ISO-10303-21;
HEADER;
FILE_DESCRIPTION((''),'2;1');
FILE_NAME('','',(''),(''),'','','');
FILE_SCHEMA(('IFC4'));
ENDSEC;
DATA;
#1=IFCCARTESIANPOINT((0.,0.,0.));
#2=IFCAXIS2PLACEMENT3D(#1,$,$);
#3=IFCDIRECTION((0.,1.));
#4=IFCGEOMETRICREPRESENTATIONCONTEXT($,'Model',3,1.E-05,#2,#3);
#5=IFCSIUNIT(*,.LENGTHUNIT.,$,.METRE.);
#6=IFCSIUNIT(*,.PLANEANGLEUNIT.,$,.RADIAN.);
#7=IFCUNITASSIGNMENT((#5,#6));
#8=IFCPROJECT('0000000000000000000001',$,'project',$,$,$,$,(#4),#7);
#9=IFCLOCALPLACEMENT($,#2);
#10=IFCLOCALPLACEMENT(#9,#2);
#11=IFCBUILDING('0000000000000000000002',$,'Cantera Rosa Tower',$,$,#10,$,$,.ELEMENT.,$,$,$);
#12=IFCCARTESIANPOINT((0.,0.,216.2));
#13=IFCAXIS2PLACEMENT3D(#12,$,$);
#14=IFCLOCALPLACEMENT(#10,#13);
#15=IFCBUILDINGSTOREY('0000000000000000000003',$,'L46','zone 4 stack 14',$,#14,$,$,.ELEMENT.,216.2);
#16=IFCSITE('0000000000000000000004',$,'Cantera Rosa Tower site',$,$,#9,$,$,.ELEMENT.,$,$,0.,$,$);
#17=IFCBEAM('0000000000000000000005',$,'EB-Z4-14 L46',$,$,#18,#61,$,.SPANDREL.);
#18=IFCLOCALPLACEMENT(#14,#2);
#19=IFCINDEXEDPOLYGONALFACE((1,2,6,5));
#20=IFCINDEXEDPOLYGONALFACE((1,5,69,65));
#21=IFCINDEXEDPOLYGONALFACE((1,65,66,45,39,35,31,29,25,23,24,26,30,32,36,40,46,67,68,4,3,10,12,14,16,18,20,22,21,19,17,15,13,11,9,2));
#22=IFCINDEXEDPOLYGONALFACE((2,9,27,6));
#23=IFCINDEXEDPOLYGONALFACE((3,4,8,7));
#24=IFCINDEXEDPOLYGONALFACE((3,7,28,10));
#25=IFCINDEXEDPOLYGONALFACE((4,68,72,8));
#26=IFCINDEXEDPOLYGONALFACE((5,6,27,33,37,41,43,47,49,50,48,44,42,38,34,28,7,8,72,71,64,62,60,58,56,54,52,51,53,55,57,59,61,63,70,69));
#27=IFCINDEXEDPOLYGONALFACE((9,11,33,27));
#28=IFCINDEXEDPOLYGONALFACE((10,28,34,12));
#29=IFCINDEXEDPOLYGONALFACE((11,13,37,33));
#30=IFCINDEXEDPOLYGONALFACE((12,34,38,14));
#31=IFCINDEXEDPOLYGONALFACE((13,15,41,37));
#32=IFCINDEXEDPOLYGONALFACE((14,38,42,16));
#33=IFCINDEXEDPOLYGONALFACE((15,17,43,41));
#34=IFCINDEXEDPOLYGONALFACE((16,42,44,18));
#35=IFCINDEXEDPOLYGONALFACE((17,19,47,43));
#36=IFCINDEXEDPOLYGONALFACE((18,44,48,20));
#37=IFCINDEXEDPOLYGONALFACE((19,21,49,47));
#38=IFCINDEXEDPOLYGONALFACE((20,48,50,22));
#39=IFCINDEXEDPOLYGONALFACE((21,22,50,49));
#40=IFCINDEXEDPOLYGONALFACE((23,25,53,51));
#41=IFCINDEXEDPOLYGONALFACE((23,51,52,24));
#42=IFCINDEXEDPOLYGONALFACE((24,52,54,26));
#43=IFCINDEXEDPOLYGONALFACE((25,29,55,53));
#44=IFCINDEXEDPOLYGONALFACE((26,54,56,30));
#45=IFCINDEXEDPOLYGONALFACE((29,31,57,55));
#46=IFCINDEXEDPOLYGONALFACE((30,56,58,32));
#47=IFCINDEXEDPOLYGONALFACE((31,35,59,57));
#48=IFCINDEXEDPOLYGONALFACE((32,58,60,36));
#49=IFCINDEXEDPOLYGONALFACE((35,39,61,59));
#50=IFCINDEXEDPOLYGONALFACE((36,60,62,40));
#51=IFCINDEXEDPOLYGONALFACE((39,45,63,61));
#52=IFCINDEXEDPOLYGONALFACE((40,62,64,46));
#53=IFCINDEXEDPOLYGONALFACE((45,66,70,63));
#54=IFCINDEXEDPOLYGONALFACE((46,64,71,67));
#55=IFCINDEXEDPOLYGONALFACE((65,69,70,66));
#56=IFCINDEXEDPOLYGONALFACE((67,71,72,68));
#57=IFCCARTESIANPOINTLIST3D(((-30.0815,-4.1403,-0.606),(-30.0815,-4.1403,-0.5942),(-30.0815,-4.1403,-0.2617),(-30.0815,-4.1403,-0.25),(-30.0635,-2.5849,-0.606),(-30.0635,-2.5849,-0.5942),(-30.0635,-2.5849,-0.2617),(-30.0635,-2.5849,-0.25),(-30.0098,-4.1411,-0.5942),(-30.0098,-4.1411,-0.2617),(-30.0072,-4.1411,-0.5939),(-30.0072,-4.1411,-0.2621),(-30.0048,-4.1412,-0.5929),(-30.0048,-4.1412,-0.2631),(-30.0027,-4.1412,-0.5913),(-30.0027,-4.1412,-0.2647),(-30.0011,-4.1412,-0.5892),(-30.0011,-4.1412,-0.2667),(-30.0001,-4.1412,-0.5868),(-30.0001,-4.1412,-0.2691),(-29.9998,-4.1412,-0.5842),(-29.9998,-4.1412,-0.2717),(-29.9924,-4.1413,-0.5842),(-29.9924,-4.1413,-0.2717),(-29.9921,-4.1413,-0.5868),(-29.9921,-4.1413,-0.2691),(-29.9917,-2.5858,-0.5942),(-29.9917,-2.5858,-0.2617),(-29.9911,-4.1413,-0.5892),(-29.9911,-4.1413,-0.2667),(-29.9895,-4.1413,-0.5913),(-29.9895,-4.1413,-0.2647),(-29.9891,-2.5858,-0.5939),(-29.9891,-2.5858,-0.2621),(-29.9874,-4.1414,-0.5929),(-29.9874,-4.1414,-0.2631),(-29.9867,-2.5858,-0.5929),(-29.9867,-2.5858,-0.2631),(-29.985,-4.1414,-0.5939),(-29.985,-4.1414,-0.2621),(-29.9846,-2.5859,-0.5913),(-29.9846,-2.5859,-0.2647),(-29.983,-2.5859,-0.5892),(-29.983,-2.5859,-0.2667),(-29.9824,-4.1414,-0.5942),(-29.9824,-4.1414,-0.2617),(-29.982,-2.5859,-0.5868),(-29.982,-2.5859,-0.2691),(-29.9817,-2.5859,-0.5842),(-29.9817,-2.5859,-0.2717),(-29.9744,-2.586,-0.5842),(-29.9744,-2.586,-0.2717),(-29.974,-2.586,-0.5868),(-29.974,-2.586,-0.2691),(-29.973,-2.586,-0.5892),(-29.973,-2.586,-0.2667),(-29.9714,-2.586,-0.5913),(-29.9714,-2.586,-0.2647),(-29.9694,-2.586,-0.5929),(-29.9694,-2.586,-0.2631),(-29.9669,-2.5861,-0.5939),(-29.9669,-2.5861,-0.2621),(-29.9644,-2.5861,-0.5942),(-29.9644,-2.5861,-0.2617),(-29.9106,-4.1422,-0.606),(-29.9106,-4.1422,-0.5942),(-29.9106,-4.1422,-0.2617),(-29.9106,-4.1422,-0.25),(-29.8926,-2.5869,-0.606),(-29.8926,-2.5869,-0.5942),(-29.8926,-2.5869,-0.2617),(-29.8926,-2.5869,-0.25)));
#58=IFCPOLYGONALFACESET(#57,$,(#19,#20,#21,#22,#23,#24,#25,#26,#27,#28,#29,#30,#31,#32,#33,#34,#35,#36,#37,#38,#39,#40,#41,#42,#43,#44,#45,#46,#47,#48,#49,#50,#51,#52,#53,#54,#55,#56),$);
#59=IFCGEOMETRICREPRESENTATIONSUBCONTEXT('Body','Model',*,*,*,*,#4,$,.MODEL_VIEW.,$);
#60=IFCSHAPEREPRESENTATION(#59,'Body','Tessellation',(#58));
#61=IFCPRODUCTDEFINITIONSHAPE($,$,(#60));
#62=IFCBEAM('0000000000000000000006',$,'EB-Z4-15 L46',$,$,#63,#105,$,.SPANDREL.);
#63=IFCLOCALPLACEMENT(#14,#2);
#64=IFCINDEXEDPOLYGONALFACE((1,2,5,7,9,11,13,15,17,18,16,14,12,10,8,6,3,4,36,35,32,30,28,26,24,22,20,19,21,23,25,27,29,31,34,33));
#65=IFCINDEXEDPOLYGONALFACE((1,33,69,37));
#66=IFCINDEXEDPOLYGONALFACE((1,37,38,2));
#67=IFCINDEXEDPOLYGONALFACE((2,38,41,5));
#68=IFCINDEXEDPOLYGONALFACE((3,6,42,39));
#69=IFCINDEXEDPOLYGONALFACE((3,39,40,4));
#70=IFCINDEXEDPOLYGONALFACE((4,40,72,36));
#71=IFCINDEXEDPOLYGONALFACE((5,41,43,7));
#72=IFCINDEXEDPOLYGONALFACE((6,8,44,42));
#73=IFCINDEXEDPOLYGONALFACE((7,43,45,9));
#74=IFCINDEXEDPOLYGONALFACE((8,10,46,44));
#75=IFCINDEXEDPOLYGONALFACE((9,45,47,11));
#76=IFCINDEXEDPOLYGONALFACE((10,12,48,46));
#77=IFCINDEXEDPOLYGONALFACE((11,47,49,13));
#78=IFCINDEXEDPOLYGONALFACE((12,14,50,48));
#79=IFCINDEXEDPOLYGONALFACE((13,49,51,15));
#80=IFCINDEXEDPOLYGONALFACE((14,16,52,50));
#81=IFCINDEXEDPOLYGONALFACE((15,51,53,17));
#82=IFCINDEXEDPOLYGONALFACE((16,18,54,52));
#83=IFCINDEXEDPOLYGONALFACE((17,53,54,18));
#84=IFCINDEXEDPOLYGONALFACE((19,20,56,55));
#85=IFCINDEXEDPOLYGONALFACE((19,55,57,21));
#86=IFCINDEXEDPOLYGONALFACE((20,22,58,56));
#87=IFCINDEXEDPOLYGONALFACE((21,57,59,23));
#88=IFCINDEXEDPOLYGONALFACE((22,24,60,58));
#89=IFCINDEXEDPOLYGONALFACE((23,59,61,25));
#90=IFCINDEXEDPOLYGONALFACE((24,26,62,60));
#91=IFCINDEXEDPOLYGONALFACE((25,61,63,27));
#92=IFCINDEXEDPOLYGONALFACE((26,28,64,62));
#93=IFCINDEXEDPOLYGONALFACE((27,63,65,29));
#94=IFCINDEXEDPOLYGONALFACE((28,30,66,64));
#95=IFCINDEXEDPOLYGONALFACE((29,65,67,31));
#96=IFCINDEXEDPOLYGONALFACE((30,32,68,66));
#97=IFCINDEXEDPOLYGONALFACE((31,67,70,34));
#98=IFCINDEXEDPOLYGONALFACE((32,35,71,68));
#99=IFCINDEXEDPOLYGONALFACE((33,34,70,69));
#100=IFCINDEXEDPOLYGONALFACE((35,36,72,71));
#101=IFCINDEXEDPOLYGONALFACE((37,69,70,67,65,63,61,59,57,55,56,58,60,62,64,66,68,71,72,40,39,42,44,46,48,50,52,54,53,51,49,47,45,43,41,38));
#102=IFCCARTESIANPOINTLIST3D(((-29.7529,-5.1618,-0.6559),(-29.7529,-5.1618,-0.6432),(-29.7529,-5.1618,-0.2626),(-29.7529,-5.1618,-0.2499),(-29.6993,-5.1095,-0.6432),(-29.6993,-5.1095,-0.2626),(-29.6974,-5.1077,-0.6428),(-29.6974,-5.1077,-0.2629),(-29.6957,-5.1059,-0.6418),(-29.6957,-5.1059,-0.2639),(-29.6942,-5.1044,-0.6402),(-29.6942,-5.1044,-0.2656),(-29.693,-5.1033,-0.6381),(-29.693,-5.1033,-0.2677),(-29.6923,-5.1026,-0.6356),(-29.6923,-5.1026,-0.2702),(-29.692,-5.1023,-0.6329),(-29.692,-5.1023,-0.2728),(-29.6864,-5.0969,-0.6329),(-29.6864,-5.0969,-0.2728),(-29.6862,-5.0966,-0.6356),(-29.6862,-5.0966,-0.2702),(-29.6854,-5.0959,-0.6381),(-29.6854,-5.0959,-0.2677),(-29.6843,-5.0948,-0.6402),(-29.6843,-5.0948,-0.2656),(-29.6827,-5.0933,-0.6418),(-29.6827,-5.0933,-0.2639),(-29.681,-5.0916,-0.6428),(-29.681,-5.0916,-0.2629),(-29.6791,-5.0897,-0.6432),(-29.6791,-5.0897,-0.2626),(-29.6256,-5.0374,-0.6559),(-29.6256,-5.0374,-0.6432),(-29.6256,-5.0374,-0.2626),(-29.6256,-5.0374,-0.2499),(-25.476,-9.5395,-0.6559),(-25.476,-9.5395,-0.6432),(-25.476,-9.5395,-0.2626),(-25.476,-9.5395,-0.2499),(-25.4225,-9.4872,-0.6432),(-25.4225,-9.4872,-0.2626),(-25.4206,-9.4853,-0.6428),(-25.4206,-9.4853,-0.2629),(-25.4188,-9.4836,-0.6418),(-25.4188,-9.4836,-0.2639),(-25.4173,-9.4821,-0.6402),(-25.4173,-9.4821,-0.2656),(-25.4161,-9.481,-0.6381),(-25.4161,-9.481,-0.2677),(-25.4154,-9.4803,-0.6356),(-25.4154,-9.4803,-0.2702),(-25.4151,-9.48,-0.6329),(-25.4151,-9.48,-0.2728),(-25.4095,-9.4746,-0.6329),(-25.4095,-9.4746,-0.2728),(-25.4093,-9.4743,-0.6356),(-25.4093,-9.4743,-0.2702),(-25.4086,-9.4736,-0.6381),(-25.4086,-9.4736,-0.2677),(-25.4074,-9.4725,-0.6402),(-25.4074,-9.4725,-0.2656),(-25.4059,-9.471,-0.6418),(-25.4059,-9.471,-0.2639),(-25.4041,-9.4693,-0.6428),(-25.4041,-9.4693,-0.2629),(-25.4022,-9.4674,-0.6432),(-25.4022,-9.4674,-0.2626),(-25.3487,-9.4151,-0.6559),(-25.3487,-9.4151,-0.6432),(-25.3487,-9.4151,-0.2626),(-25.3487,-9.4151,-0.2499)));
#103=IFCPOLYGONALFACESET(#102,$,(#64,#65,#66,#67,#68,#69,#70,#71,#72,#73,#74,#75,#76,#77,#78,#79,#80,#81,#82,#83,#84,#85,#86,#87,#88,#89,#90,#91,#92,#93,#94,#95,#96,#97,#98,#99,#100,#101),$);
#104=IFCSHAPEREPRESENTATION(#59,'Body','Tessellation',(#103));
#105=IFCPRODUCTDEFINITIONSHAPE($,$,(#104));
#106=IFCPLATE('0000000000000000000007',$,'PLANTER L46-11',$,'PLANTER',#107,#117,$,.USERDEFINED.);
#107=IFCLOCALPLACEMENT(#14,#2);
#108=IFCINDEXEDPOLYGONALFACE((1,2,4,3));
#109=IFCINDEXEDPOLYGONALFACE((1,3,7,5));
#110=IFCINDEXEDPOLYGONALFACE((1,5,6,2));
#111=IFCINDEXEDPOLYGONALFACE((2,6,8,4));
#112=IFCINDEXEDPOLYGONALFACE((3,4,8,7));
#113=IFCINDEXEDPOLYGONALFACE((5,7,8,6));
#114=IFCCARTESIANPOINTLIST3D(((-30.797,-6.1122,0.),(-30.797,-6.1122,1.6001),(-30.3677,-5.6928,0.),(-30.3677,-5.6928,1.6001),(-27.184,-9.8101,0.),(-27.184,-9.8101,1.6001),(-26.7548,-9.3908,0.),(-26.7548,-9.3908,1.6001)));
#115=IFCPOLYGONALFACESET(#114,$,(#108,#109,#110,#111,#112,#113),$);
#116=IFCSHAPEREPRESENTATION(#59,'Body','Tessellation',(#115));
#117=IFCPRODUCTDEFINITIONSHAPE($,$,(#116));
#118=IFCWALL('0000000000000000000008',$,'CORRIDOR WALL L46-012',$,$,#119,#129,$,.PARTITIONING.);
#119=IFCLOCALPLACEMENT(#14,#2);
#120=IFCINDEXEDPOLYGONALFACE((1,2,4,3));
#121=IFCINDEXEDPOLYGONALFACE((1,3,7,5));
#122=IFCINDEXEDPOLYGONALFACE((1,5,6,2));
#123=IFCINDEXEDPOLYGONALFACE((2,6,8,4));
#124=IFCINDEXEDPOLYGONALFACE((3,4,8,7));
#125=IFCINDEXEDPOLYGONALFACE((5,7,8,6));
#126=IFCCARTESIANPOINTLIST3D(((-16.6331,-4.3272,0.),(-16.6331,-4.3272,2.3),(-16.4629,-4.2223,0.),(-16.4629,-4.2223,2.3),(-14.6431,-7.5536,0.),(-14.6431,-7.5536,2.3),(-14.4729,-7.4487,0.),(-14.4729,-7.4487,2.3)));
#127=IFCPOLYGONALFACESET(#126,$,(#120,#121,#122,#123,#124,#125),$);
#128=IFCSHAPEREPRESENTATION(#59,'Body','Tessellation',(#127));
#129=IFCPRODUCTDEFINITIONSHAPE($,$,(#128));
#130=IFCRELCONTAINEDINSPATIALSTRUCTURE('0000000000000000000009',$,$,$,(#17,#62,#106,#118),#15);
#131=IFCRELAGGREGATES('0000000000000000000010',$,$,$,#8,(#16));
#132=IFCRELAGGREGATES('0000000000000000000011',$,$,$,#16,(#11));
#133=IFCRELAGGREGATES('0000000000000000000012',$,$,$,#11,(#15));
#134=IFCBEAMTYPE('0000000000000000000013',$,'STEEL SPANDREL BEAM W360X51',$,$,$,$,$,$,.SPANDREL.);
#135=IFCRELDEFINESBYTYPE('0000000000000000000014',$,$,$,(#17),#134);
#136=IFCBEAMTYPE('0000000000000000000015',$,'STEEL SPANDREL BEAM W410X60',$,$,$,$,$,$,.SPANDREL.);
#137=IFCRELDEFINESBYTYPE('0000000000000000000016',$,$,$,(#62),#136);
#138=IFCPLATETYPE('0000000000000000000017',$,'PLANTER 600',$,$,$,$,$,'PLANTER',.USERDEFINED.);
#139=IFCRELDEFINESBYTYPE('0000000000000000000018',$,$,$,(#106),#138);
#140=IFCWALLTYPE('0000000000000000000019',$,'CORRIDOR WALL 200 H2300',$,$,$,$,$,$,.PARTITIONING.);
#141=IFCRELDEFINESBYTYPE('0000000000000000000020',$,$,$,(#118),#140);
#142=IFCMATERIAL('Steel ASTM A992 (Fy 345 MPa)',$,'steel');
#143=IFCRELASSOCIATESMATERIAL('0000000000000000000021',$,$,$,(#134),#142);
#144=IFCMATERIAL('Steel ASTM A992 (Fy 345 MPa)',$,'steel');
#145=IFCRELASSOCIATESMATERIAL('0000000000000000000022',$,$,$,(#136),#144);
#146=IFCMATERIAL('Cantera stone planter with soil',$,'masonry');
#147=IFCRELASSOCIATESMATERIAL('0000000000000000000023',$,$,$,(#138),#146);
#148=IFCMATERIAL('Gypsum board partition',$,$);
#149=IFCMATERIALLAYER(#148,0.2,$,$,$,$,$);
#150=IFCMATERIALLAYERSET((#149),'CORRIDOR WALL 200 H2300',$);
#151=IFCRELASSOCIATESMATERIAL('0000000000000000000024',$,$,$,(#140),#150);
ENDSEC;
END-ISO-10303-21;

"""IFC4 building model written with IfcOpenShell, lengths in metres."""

from ifc_helpers import new_model, si_unit, direction, frame, frame_2d, origin, origin_2d, place, context, subcontext, project, spatial, rectangle, i_section, extrude, material, layer, layer_set, material_profile, profile_set, type_object, element, save


model = new_model("IFC4")

# Units and contexts
model_context = context("Model", 3, precision=1e-05, world=origin(), true_north=direction((0.0, 1.0)))
body_context = subcontext(model_context, "Body", "Model", "MODEL_VIEW")
ifc_project = project(units=[si_unit("LENGTHUNIT", "METRE"), si_unit("PLANEANGLEUNIT", "RADIAN")], contexts=[model_context])

# Site, building, storey
site_placement = place(None, origin())
site = spatial("IfcSite", under=ifc_project, at=site_placement, Name="Cantera Rosa Tower site", CompositionType="ELEMENT", RefElevation=0.0)
building_placement = place(site_placement, origin())
building = spatial("IfcBuilding", under=site, at=building_placement, Name="Cantera Rosa Tower", CompositionType="ELEMENT")
storey_placement = place(building_placement, frame((0.0, 0.0, 216.2)))
storey = spatial("IfcBuildingStorey", under=building, at=storey_placement, Name="L46", Description="zone 4 stack 14", CompositionType="ELEMENT", Elevation=216.2)

# Beams
ifc_material_1 = material(Name="Steel ASTM A992 (Fy 345 MPa)", Category="steel")
ifc_material_profile_1 = material_profile(ifc_material_1, i_section(OverallWidth=0.1709, OverallDepth=0.356, WebThickness=0.0073, FlangeThickness=0.0117, FilletRadius=0.01, at=origin_2d()), Name="W360X51")
ifc_profile_set_1 = profile_set([ifc_material_profile_1], Name="Steel ASTM A992 (Fy 345 MPa)")
beam_type_1 = type_object("IfcBeamType", Name="STEEL SPANDREL BEAM W360X51", PredefinedType="SPANDREL", material=ifc_profile_set_1)
beam_1_placement = place(storey_placement, frame((-29.978, -2.5859, -0.428), z_axis=(-0.011614, -0.999933, 0.0), x_axis=(0.999933, -0.011614, 0.0)))
element("IfcBeam", 1, at=beam_1_placement, inside=storey, type_object=beam_type_1, Name="EB-Z4-14 L46", PredefinedType="SPANDREL", context=body_context, shape_type="SweptSolid", body=[
    extrude(i_section(OverallWidth=0.1709, OverallDepth=0.356, WebThickness=0.0073, FlangeThickness=0.0117, FilletRadius=0.01, at=origin_2d()), origin(), (0.0, 0.0, 1.0), 1.5554),
])
ifc_material_2 = material(Name="Steel ASTM A992 (Fy 345 MPa)", Category="steel")
ifc_material_profile_2 = material_profile(ifc_material_2, i_section(OverallWidth=0.178, OverallDepth=0.406, WebThickness=0.0078, FlangeThickness=0.0127, FilletRadius=0.0103, at=origin_2d()), Name="W410X60")
ifc_profile_set_2 = profile_set([ifc_material_profile_2], Name="Steel ASTM A992 (Fy 345 MPa)")
beam_type_2 = type_object("IfcBeamType", Name="STEEL SPANDREL BEAM W410X60", PredefinedType="SPANDREL", material=ifc_profile_set_2)
beam_2_placement = place(storey_placement, frame((-29.6892, -5.0996, -0.4529), z_axis=(0.698821, -0.715296, 0.0), x_axis=(0.715296, 0.698821, 0.0)))
element("IfcBeam", 2, at=beam_2_placement, inside=storey, type_object=beam_type_2, Name="EB-Z4-15 L46", PredefinedType="SPANDREL", context=body_context, shape_type="SweptSolid", body=[
    extrude(i_section(OverallWidth=0.178, OverallDepth=0.406, WebThickness=0.0078, FlangeThickness=0.0127, FilletRadius=0.0103, at=origin_2d()), origin(), (0.0, 0.0, 1.0), 6.1201),
])

# Plate
ifc_material_3 = material(Name="Cantera stone planter with soil", Category="masonry")
plate_type = type_object("IfcPlateType", Name="PLANTER 600", ElementType="PLANTER", PredefinedType="USERDEFINED", material=ifc_material_3)
plate_placement = place(storey_placement, frame((-28.7759, -7.7515, 0.0), z_axis=(0.0, 0.0, 1.0), x_axis=(0.698832, -0.715286, 0.0)))
element("IfcPlate", 3, at=plate_placement, inside=storey, type_object=plate_type, Name="PLANTER L46-11", ObjectType="PLANTER", PredefinedType="USERDEFINED", context=body_context, shape_type="SweptSolid", body=[
    extrude(rectangle(XDim=5.1699, YDim=0.6001, at=origin_2d()), origin(), (0.0, 0.0, 1.0), 1.6001),
])

# Wall
ifc_material_4 = material(Name="Gypsum board partition")
ifc_layer_1 = layer(ifc_material_4, 0.2)
ifc_layer_set_1 = layer_set([ifc_layer_1], Name="CORRIDOR WALL 200 H2300")
wall_type_1 = type_object("IfcWallType", Name="CORRIDOR WALL 200 H2300", PredefinedType="PARTITIONING", material=ifc_layer_set_1)
wall_1_placement = place(storey_placement, frame((-16.5481, -4.2747, 0.0), z_axis=(0.0, 0.0, 1.0), x_axis=(0.52497, -0.851121, 0.0)))
element("IfcWall", 4, at=wall_1_placement, inside=storey, type_object=wall_type_1, Name="CORRIDOR WALL L46-012", PredefinedType="PARTITIONING", context=body_context, shape_type="SweptSolid", body=[
    extrude(rectangle(XDim=3.7908, YDim=0.2, at=frame_2d((1.8955, 0.0))), origin(), (0.0, 0.0, 1.0), 2.3),
])

save(model, "model.ifc")
